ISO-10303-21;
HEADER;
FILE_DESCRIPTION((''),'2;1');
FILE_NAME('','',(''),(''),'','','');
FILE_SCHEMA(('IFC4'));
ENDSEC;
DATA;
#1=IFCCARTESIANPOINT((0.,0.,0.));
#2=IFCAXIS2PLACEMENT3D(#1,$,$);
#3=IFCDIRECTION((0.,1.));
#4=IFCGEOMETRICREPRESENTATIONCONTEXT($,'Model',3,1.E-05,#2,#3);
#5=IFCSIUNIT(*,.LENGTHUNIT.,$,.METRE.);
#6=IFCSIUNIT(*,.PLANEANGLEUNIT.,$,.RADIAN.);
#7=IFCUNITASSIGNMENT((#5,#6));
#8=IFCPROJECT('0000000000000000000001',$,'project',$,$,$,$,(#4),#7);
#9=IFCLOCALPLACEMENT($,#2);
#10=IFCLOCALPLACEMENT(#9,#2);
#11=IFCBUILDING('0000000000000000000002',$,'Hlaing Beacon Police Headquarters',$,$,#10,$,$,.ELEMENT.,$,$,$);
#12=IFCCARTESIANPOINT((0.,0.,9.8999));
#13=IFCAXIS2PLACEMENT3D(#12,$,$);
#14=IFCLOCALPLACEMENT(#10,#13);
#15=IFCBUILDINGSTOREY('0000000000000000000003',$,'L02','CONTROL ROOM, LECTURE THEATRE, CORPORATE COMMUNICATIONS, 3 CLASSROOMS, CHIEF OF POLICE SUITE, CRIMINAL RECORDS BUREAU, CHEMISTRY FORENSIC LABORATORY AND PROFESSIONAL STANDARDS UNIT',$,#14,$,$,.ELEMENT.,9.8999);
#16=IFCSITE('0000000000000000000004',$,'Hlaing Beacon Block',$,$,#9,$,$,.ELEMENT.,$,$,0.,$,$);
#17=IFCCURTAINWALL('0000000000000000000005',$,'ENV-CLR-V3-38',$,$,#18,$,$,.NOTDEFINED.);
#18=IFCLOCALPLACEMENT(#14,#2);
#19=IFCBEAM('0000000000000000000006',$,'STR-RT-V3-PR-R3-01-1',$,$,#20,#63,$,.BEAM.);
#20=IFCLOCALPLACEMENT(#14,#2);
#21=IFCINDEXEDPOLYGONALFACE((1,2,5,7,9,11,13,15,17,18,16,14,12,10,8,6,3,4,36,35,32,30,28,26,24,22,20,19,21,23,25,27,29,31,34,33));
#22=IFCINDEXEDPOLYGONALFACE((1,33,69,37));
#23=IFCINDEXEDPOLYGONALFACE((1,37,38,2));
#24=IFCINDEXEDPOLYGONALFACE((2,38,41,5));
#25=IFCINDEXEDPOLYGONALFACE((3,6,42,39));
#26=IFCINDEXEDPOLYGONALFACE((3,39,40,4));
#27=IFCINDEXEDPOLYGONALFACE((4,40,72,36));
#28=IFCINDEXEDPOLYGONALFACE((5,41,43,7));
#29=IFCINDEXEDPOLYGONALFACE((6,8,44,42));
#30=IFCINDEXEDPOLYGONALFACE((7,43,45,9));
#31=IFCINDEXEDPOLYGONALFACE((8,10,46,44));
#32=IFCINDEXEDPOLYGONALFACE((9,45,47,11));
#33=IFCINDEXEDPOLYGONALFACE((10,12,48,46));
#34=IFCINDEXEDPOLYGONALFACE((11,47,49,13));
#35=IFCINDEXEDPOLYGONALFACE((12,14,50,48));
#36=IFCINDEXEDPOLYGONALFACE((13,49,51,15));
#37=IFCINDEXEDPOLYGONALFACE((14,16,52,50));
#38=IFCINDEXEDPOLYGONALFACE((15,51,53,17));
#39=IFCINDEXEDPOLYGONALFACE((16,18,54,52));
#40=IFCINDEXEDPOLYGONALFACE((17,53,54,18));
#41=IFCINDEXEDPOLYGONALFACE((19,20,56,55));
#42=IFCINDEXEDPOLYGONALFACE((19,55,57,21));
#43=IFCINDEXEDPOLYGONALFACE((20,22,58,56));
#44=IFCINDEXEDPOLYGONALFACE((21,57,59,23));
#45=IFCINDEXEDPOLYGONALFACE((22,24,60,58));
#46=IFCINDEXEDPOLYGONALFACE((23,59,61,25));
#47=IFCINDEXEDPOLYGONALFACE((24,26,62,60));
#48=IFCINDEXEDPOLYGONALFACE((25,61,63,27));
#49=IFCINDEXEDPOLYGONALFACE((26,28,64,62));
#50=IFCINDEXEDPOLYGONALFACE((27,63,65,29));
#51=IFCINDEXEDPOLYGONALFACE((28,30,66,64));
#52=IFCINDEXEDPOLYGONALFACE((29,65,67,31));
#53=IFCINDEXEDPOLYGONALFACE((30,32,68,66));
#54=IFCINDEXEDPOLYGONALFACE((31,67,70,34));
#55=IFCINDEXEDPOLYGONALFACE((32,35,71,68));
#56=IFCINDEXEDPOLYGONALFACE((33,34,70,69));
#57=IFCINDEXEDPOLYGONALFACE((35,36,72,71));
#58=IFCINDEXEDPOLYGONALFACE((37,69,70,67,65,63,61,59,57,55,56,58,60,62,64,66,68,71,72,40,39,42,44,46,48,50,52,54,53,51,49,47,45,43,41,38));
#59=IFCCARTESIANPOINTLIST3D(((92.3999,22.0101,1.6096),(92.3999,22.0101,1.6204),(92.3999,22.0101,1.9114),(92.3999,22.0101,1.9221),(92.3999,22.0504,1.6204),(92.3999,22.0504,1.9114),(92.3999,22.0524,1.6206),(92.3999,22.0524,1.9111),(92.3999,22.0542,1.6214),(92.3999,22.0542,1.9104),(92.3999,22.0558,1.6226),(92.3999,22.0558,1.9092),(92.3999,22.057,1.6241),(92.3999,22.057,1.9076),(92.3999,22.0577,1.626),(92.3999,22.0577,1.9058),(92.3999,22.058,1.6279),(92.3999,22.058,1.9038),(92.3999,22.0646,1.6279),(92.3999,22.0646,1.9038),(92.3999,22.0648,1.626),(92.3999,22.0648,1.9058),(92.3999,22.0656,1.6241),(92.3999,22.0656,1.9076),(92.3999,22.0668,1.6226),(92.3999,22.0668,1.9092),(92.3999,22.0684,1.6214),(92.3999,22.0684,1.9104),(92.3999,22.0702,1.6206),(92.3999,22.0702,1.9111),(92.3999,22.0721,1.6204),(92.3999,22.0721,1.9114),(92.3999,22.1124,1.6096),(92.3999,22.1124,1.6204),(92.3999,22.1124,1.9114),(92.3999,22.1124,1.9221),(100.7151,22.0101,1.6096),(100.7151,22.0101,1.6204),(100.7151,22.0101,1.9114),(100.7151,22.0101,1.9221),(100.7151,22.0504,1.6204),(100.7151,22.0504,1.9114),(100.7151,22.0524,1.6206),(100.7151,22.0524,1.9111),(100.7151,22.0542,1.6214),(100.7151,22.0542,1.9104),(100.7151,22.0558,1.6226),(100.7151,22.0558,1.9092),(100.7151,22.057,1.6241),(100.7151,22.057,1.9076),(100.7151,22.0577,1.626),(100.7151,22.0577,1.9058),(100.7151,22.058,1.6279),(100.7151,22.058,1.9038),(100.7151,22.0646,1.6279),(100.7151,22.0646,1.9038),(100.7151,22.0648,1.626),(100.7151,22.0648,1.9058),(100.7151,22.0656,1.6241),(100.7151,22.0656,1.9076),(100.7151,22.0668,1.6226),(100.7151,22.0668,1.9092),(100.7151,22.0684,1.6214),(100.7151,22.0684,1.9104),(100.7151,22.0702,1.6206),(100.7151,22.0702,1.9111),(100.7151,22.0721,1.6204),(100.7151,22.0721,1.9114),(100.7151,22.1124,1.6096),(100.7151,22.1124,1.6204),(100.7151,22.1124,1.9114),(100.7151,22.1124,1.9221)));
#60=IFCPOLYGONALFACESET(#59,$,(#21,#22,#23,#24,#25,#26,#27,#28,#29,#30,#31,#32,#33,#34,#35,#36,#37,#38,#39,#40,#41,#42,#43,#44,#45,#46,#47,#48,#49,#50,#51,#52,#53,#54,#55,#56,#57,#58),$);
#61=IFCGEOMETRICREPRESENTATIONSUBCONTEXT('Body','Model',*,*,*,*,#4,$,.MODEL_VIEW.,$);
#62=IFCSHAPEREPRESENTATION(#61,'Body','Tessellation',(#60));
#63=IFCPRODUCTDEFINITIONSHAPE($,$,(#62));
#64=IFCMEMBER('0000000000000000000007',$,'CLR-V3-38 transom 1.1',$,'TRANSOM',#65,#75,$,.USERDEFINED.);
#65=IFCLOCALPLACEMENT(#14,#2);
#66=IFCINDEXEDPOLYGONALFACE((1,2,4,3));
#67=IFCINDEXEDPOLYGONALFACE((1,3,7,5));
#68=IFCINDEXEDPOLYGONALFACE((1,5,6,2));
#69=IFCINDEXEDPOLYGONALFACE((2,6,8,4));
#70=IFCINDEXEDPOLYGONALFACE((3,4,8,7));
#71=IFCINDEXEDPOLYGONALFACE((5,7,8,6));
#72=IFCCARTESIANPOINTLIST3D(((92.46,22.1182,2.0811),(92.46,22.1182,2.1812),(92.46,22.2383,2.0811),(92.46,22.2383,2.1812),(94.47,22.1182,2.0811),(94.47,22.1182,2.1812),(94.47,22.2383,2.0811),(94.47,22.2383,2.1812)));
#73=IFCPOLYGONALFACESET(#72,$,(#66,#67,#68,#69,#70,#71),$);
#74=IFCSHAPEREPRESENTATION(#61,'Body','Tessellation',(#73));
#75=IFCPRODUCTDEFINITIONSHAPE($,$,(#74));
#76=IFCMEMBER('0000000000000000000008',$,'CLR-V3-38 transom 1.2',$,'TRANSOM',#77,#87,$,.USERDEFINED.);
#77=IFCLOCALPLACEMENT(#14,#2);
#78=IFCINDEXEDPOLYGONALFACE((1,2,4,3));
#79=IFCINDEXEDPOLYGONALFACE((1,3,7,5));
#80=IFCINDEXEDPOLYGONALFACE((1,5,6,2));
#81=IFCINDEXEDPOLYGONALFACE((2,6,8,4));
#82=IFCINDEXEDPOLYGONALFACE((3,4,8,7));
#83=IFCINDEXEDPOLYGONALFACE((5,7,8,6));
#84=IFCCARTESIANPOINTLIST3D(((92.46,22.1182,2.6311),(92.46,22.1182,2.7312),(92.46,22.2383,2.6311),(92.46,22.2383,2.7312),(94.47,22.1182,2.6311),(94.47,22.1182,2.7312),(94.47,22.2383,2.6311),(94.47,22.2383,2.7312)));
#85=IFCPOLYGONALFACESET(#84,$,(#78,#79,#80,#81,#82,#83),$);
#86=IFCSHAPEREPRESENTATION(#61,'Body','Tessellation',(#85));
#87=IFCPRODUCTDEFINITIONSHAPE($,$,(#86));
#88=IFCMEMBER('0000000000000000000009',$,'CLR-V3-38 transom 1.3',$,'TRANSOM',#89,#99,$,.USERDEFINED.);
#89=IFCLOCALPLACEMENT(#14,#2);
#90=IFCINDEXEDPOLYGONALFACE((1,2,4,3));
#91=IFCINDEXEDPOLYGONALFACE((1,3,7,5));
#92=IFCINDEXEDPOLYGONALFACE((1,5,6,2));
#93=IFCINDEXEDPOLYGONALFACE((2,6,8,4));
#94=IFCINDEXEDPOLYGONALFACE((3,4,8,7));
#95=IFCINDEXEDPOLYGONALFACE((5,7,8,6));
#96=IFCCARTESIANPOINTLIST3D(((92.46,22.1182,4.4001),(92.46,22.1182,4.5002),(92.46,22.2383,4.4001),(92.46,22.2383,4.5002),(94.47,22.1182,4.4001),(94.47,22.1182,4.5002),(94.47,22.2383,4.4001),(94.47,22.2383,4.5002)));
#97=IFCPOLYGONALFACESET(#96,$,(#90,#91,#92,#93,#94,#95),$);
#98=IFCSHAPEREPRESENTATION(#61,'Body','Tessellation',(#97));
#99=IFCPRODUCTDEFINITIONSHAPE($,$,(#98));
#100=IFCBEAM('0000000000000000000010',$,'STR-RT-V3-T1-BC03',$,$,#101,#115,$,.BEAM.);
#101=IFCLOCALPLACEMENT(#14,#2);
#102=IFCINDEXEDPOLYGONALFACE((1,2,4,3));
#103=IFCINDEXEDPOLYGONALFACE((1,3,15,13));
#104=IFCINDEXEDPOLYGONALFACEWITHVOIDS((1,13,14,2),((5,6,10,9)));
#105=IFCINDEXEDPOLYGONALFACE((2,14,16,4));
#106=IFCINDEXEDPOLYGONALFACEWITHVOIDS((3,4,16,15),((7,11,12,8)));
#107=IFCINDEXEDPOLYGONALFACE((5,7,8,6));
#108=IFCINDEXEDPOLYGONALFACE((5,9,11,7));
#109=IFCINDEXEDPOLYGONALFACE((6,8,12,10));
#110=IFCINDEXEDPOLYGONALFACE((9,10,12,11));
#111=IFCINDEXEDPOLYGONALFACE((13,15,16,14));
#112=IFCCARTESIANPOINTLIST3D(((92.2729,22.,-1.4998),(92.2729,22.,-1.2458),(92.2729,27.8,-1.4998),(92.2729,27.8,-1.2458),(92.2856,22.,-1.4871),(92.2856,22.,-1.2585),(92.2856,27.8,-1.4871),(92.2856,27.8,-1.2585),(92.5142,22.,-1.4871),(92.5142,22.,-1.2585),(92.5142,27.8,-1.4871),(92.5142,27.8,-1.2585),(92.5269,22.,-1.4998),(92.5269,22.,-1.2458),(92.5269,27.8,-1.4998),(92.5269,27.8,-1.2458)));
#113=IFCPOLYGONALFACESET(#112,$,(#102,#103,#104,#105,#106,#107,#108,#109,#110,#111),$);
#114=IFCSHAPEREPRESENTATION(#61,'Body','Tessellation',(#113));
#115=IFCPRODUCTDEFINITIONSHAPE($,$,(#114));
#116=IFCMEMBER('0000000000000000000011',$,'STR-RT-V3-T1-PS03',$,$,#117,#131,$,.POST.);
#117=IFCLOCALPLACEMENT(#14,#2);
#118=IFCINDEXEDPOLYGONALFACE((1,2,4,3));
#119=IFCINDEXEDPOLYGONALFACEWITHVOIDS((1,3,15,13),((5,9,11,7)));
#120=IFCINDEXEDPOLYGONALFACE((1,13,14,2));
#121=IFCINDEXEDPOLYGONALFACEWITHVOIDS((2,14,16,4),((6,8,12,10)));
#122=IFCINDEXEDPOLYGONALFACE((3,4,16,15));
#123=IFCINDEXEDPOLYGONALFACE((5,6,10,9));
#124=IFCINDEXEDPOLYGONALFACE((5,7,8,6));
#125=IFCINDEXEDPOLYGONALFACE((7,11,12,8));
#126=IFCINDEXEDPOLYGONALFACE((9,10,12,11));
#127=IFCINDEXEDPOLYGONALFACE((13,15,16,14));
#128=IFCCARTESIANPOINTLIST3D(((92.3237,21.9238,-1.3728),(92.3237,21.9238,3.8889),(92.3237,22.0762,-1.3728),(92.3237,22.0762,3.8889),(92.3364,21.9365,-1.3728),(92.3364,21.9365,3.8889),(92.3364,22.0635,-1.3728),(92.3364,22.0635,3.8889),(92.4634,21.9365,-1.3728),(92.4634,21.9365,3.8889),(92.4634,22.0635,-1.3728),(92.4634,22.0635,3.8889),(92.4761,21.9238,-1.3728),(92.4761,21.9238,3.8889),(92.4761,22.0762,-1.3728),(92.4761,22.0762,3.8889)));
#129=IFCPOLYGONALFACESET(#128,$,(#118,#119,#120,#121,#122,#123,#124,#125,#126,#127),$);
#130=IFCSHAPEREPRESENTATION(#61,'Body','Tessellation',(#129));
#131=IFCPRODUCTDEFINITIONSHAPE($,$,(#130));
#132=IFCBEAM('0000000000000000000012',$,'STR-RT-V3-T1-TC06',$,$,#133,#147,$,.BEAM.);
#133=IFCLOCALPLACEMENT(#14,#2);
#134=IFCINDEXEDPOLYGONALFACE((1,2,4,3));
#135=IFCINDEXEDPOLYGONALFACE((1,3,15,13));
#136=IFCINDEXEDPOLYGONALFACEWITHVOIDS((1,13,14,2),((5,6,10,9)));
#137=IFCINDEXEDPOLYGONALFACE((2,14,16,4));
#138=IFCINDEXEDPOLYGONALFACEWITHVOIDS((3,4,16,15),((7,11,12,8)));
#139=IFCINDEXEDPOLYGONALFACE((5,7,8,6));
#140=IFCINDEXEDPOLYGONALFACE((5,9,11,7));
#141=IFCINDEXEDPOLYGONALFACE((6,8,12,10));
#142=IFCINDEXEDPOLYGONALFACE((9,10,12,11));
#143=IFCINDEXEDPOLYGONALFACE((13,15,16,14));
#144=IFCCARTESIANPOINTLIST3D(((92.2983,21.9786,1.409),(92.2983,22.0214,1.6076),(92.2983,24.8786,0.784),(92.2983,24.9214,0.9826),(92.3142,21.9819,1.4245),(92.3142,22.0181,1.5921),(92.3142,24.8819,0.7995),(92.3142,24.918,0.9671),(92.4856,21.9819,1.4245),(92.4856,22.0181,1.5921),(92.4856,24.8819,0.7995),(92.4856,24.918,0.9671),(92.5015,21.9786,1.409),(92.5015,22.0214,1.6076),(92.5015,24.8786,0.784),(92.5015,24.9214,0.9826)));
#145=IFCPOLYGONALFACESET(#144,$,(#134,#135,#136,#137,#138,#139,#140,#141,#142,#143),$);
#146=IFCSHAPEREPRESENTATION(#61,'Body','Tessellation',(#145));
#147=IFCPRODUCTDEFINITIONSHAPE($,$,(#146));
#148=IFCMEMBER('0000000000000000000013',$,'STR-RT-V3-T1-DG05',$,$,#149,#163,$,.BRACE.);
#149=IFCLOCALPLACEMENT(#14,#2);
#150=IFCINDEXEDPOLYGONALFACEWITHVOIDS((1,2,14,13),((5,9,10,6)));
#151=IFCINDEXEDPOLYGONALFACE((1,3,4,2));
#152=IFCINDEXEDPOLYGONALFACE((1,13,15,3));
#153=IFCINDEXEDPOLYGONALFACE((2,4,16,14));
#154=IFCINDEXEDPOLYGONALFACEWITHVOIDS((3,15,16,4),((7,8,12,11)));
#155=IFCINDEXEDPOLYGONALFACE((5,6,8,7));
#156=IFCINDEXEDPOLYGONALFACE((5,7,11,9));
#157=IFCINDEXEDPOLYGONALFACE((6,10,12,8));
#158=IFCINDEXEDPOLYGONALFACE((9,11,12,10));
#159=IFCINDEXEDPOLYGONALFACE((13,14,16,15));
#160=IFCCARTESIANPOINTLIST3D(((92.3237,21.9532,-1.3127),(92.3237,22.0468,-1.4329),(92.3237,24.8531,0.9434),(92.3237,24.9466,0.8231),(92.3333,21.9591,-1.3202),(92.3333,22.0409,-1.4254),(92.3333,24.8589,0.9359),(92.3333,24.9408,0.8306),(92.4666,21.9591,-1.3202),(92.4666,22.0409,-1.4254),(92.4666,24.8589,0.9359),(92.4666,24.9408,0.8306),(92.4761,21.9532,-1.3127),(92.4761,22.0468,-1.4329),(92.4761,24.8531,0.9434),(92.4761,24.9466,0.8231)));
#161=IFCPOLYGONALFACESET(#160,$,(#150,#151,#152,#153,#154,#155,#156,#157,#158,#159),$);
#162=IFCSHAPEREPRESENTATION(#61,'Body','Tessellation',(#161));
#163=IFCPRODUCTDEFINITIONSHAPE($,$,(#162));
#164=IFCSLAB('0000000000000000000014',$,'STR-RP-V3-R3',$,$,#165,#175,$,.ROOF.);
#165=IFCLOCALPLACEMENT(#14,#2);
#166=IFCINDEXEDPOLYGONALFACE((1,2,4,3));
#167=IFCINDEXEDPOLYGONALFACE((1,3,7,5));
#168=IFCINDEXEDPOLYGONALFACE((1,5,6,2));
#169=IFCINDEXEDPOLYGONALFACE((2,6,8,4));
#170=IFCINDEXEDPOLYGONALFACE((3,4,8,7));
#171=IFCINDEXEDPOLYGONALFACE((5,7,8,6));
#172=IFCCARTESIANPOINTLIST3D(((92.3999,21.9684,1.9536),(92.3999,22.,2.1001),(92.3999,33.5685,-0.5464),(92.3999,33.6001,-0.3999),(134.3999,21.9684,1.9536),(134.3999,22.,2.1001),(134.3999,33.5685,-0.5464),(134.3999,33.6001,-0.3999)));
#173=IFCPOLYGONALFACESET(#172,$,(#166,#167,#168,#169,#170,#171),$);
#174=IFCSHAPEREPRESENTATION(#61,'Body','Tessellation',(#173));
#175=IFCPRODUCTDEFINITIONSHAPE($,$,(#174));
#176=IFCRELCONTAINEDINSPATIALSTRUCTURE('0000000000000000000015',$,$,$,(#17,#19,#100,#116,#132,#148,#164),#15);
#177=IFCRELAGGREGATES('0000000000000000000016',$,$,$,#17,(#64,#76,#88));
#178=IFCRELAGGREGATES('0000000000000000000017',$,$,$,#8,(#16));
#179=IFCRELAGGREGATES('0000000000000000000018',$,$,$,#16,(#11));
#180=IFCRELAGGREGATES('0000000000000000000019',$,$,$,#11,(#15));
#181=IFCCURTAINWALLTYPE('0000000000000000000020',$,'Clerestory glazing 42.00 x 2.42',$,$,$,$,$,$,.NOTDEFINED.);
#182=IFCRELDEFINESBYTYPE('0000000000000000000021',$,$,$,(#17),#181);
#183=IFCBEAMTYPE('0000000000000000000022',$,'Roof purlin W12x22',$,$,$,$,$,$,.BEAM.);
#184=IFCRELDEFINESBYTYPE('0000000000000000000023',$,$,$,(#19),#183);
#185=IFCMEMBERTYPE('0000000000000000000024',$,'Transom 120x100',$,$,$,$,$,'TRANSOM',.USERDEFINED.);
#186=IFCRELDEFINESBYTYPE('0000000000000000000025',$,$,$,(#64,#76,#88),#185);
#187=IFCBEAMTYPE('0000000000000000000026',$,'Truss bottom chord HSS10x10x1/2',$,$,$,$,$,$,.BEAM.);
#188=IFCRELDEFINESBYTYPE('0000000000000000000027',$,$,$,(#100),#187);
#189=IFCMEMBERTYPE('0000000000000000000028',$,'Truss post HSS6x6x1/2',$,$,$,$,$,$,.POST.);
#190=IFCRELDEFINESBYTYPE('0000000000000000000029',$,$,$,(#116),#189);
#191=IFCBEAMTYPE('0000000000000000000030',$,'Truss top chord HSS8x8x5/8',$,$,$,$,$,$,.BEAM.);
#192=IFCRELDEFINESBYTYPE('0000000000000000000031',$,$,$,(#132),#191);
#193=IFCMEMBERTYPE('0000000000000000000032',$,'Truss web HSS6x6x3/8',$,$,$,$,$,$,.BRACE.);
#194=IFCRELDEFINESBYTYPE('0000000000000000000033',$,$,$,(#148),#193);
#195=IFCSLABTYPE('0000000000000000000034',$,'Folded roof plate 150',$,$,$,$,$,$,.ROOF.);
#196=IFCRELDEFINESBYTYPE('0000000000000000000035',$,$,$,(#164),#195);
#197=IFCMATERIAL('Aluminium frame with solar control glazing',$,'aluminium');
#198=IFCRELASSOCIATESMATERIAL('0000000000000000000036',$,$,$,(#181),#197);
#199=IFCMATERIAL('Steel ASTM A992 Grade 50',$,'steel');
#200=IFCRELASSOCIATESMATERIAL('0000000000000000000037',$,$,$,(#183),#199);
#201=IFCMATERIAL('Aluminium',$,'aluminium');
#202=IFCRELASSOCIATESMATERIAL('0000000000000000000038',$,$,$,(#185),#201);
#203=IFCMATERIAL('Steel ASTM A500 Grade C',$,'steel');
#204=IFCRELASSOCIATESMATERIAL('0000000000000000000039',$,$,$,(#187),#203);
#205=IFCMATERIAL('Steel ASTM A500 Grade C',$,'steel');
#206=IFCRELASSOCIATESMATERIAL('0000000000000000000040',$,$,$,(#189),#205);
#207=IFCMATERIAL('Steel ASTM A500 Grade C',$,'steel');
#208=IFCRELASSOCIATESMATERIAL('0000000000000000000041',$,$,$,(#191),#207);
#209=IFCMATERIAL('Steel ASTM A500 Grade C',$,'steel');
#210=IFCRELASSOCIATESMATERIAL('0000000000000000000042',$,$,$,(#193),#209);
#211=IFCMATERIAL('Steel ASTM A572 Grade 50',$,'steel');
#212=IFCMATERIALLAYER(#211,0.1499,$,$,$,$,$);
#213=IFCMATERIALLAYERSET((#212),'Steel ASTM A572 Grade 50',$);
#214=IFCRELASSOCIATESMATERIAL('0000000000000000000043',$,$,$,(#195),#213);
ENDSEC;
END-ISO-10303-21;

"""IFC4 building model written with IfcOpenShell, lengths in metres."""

from ifc_helpers import new_model, si_unit, direction, frame, origin, origin_2d, place, context, subcontext, project, spatial, polyline, rectangle, hollow_rectangle, i_section, outline, extrude, material, layer, layer_set, material_profile, profile_set, type_object, element, aggregate, save


model = new_model("IFC4")

# Units and contexts
model_context = context("Model", 3, precision=1e-05, world=origin(), true_north=direction((0.0, 1.0)))
body_context = subcontext(model_context, "Body", "Model", "MODEL_VIEW")
ifc_project = project(units=[si_unit("LENGTHUNIT", "METRE"), si_unit("PLANEANGLEUNIT", "RADIAN")], contexts=[model_context])

# Site, building, storey
site_placement = place(None, origin())
site = spatial("IfcSite", under=ifc_project, at=site_placement, Name="Hlaing Beacon Block", CompositionType="ELEMENT", RefElevation=0.0)
building_placement = place(site_placement, origin())
building = spatial("IfcBuilding", under=site, at=building_placement, Name="Hlaing Beacon Police Headquarters", CompositionType="ELEMENT")
storey_placement = place(building_placement, frame((0.0, 0.0, 9.8999)))
storey = spatial("IfcBuildingStorey", under=building, at=storey_placement, Name="L02", Description="CONTROL ROOM, LECTURE THEATRE, CORPORATE COMMUNICATIONS, 3 CLASSROOMS, CHIEF OF POLICE SUITE, CRIMINAL RECORDS BUREAU, CHEMISTRY FORENSIC LABORATORY AND PROFESSIONAL STANDARDS UNIT", CompositionType="ELEMENT", Elevation=9.8999)

# Curtain wall
ifc_material_1 = material(Name="Aluminium frame with solar control glazing", Category="aluminium")
curtain_wall_type = type_object("IfcCurtainWallType", Name="Clerestory glazing 42.00 x 2.42", PredefinedType="NOTDEFINED", material=ifc_material_1)
curtain_wall_placement = place(storey_placement, origin())
curtain_wall = element("IfcCurtainWall", 1, at=curtain_wall_placement, inside=storey, type_object=curtain_wall_type, Name="ENV-CLR-V3-38", PredefinedType="NOTDEFINED")

# Beam
ifc_material_2 = material(Name="Steel ASTM A992 Grade 50", Category="steel")
ifc_material_profile_1 = material_profile(ifc_material_2, i_section(OverallWidth=0.1023, OverallDepth=0.3125, WebThickness=0.0066, FlangeThickness=0.0107, FilletRadius=0.0076, at=origin_2d()), Name="W12x22")
ifc_profile_set_1 = profile_set([ifc_material_profile_1], Name="Steel ASTM A992 Grade 50")
beam_type_1 = type_object("IfcBeamType", Name="Roof purlin W12x22", PredefinedType="BEAM", material=ifc_profile_set_1)
for number, where, z_axis, x_axis, name in (
    (2, (92.3999, 22.0613, 1.7659), (1.0, 0.0, 0.0), (0.0, 1.0, 0.0), "STR-RT-V3-PR-R3-01-1"),
):
    element("IfcBeam", number, at=place(storey_placement, frame(where, z_axis=z_axis, x_axis=x_axis)), inside=storey, type_object=beam_type_1, Name=name, PredefinedType="BEAM", context=body_context, shape_type="SweptSolid", body=[
        extrude(i_section(OverallWidth=0.1023, OverallDepth=0.3125, WebThickness=0.0066, FlangeThickness=0.0107, FilletRadius=0.0076, at=origin_2d()), origin(), (0.0, 0.0, 1.0), 8.3152),
    ])

# Members
ifc_material_3 = material(Name="Aluminium", Category="aluminium")
ifc_material_profile_2 = material_profile(ifc_material_3, rectangle(XDim=0.1201, YDim=0.1001, at=origin_2d()), Name="Transom 120x100")
ifc_profile_set_2 = profile_set([ifc_material_profile_2], Name="Aluminium")
member_type_1 = type_object("IfcMemberType", Name="Transom 120x100", ElementType="TRANSOM", PredefinedType="USERDEFINED", material=ifc_profile_set_2)
member_1_placement = place(storey_placement, frame((92.46, 22.1782, 2.1311), z_axis=(1.0, 0.0, 0.0), x_axis=(0.0, 1.0, 0.0)))
member_1 = element("IfcMember", 3, at=member_1_placement, type_object=member_type_1, Name="CLR-V3-38 transom 1.1", ObjectType="TRANSOM", PredefinedType="USERDEFINED", context=body_context, shape_type="SweptSolid", body=[
    extrude(rectangle(XDim=0.1201, YDim=0.1001, at=origin_2d()), origin(), (0.0, 0.0, 1.0), 2.01),
])
member_2_placement = place(storey_placement, frame((92.46, 22.1782, 2.6812), z_axis=(1.0, 0.0, 0.0), x_axis=(0.0, 1.0, 0.0)))
member_2 = element("IfcMember", 4, at=member_2_placement, type_object=member_type_1, Name="CLR-V3-38 transom 1.2", ObjectType="TRANSOM", PredefinedType="USERDEFINED", context=body_context, shape_type="SweptSolid", body=[
    extrude(rectangle(XDim=0.1201, YDim=0.1001, at=origin_2d()), origin(), (0.0, 0.0, 1.0), 2.01),
])
member_3_placement = place(storey_placement, frame((92.46, 22.1782, 4.4502), z_axis=(1.0, 0.0, 0.0), x_axis=(0.0, 1.0, 0.0)))
member_3 = element("IfcMember", 5, at=member_3_placement, type_object=member_type_1, Name="CLR-V3-38 transom 1.3", ObjectType="TRANSOM", PredefinedType="USERDEFINED", context=body_context, shape_type="SweptSolid", body=[
    extrude(rectangle(XDim=0.1201, YDim=0.1001, at=origin_2d()), origin(), (0.0, 0.0, 1.0), 2.01),
])
aggregate(curtain_wall, [member_1, member_2, member_3])

# Beam
ifc_material_4 = material(Name="Steel ASTM A500 Grade C", Category="steel")
ifc_material_profile_3 = material_profile(ifc_material_4, hollow_rectangle(XDim=0.2539, YDim=0.2539, WallThickness=0.0127, at=origin_2d()), Name="HSS10x10x1/2")
ifc_profile_set_3 = profile_set([ifc_material_profile_3], Name="Steel ASTM A500 Grade C")
beam_type_2 = type_object("IfcBeamType", Name="Truss bottom chord HSS10x10x1/2", PredefinedType="BEAM", material=ifc_profile_set_3)
beam_1_placement = place(storey_placement, frame((92.3999, 22.0, -1.3728), z_axis=(0.0, 1.0, 0.0), x_axis=(-1.0, 0.0, 0.0)))
element("IfcBeam", 6, at=beam_1_placement, inside=storey, type_object=beam_type_2, Name="STR-RT-V3-T1-BC03", PredefinedType="BEAM", context=body_context, shape_type="SweptSolid", body=[
    extrude(hollow_rectangle(XDim=0.2539, YDim=0.2539, WallThickness=0.0127, at=origin_2d()), origin(), (0.0, 0.0, 1.0), 5.8),
])

# Member
ifc_material_5 = material(Name="Steel ASTM A500 Grade C", Category="steel")
ifc_material_profile_4 = material_profile(ifc_material_5, hollow_rectangle(XDim=0.1523, YDim=0.1523, WallThickness=0.0127, at=origin_2d()), Name="HSS6x6x1/2")
ifc_profile_set_4 = profile_set([ifc_material_profile_4], Name="Steel ASTM A500 Grade C")
member_type_2 = type_object("IfcMemberType", Name="Truss post HSS6x6x1/2", PredefinedType="POST", material=ifc_profile_set_4)
member_4_placement = place(storey_placement, frame((92.3999, 22.0, -1.3728), z_axis=(0.0, 0.0, 1.0), x_axis=(1.0, 0.0, 0.0)))
element("IfcMember", 7, at=member_4_placement, inside=storey, type_object=member_type_2, Name="STR-RT-V3-T1-PS03", PredefinedType="POST", context=body_context, shape_type="SweptSolid", body=[
    extrude(hollow_rectangle(XDim=0.1523, YDim=0.1523, WallThickness=0.0127, at=origin_2d()), origin(), (0.0, 0.0, 1.0), 5.2617),
])

# Beam
ifc_material_6 = material(Name="Steel ASTM A500 Grade C", Category="steel")
ifc_material_profile_5 = material_profile(ifc_material_6, hollow_rectangle(XDim=0.2031, YDim=0.2031, WallThickness=0.0159, at=origin_2d()), Name="HSS8x8x5/8")
ifc_profile_set_5 = profile_set([ifc_material_profile_5], Name="Steel ASTM A500 Grade C")
beam_type_3 = type_object("IfcBeamType", Name="Truss top chord HSS8x8x5/8", PredefinedType="BEAM", material=ifc_profile_set_5)
beam_2_placement = place(storey_placement, frame((92.3999, 22.0, 1.5083), z_axis=(0.0, 0.977554, -0.210687), x_axis=(-1.0, 0.0, 0.0)))
element("IfcBeam", 8, at=beam_2_placement, inside=storey, type_object=beam_type_3, Name="STR-RT-V3-T1-TC06", PredefinedType="BEAM", context=body_context, shape_type="SweptSolid", body=[
    extrude(hollow_rectangle(XDim=0.2031, YDim=0.2031, WallThickness=0.0159, at=origin_2d()), origin(), (0.0, 0.0, 1.0), 2.9666),
])

# Member
ifc_material_7 = material(Name="Steel ASTM A500 Grade C", Category="steel")
ifc_material_profile_6 = material_profile(ifc_material_7, hollow_rectangle(XDim=0.1523, YDim=0.1523, WallThickness=0.0095, at=origin_2d()), Name="HSS6x6x3/8")
ifc_profile_set_6 = profile_set([ifc_material_profile_6], Name="Steel ASTM A500 Grade C")
member_type_3 = type_object("IfcMemberType", Name="Truss web HSS6x6x3/8", PredefinedType="BRACE", material=ifc_profile_set_6)
member_5_placement = place(storey_placement, frame((92.3999, 22.0, -1.3728), z_axis=(0.0, 0.78927, 0.614046), x_axis=(-1.0, 0.0, 0.0)))
element("IfcMember", 9, at=member_5_placement, inside=storey, type_object=member_type_3, Name="STR-RT-V3-T1-DG05", PredefinedType="BRACE", context=body_context, shape_type="SweptSolid", body=[
    extrude(hollow_rectangle(XDim=0.1523, YDim=0.1523, WallThickness=0.0095, at=origin_2d()), origin(), (0.0, 0.0, 1.0), 3.6741),
])

# Slab
ifc_material_8 = material(Name="Steel ASTM A572 Grade 50", Category="steel")
ifc_layer = layer(ifc_material_8, 0.1499)
ifc_layer_set = layer_set([ifc_layer], Name="Steel ASTM A572 Grade 50")
slab_type = type_object("IfcSlabType", Name="Folded roof plate 150", PredefinedType="ROOF", material=ifc_layer_set)
slab_placement = place(storey_placement, frame((92.3999, 22.0, 2.1001), z_axis=(0.0, 0.210678, 0.977555), x_axis=(1.0, 0.0, 0.0)))
element("IfcSlab", 10, at=slab_placement, inside=storey, type_object=slab_type, Name="STR-RP-V3-R3", PredefinedType="ROOF", context=body_context, shape_type="SweptSolid", body=[
    extrude(outline(polyline([(0.0, 0.0), (42.0, 0.0), (42.0, 11.8664), (0.0, 11.8664), (0.0, 0.0)])), origin(), (0.0, 0.0, -1.0), 0.1499),
])

save(model, "model.ifc")
